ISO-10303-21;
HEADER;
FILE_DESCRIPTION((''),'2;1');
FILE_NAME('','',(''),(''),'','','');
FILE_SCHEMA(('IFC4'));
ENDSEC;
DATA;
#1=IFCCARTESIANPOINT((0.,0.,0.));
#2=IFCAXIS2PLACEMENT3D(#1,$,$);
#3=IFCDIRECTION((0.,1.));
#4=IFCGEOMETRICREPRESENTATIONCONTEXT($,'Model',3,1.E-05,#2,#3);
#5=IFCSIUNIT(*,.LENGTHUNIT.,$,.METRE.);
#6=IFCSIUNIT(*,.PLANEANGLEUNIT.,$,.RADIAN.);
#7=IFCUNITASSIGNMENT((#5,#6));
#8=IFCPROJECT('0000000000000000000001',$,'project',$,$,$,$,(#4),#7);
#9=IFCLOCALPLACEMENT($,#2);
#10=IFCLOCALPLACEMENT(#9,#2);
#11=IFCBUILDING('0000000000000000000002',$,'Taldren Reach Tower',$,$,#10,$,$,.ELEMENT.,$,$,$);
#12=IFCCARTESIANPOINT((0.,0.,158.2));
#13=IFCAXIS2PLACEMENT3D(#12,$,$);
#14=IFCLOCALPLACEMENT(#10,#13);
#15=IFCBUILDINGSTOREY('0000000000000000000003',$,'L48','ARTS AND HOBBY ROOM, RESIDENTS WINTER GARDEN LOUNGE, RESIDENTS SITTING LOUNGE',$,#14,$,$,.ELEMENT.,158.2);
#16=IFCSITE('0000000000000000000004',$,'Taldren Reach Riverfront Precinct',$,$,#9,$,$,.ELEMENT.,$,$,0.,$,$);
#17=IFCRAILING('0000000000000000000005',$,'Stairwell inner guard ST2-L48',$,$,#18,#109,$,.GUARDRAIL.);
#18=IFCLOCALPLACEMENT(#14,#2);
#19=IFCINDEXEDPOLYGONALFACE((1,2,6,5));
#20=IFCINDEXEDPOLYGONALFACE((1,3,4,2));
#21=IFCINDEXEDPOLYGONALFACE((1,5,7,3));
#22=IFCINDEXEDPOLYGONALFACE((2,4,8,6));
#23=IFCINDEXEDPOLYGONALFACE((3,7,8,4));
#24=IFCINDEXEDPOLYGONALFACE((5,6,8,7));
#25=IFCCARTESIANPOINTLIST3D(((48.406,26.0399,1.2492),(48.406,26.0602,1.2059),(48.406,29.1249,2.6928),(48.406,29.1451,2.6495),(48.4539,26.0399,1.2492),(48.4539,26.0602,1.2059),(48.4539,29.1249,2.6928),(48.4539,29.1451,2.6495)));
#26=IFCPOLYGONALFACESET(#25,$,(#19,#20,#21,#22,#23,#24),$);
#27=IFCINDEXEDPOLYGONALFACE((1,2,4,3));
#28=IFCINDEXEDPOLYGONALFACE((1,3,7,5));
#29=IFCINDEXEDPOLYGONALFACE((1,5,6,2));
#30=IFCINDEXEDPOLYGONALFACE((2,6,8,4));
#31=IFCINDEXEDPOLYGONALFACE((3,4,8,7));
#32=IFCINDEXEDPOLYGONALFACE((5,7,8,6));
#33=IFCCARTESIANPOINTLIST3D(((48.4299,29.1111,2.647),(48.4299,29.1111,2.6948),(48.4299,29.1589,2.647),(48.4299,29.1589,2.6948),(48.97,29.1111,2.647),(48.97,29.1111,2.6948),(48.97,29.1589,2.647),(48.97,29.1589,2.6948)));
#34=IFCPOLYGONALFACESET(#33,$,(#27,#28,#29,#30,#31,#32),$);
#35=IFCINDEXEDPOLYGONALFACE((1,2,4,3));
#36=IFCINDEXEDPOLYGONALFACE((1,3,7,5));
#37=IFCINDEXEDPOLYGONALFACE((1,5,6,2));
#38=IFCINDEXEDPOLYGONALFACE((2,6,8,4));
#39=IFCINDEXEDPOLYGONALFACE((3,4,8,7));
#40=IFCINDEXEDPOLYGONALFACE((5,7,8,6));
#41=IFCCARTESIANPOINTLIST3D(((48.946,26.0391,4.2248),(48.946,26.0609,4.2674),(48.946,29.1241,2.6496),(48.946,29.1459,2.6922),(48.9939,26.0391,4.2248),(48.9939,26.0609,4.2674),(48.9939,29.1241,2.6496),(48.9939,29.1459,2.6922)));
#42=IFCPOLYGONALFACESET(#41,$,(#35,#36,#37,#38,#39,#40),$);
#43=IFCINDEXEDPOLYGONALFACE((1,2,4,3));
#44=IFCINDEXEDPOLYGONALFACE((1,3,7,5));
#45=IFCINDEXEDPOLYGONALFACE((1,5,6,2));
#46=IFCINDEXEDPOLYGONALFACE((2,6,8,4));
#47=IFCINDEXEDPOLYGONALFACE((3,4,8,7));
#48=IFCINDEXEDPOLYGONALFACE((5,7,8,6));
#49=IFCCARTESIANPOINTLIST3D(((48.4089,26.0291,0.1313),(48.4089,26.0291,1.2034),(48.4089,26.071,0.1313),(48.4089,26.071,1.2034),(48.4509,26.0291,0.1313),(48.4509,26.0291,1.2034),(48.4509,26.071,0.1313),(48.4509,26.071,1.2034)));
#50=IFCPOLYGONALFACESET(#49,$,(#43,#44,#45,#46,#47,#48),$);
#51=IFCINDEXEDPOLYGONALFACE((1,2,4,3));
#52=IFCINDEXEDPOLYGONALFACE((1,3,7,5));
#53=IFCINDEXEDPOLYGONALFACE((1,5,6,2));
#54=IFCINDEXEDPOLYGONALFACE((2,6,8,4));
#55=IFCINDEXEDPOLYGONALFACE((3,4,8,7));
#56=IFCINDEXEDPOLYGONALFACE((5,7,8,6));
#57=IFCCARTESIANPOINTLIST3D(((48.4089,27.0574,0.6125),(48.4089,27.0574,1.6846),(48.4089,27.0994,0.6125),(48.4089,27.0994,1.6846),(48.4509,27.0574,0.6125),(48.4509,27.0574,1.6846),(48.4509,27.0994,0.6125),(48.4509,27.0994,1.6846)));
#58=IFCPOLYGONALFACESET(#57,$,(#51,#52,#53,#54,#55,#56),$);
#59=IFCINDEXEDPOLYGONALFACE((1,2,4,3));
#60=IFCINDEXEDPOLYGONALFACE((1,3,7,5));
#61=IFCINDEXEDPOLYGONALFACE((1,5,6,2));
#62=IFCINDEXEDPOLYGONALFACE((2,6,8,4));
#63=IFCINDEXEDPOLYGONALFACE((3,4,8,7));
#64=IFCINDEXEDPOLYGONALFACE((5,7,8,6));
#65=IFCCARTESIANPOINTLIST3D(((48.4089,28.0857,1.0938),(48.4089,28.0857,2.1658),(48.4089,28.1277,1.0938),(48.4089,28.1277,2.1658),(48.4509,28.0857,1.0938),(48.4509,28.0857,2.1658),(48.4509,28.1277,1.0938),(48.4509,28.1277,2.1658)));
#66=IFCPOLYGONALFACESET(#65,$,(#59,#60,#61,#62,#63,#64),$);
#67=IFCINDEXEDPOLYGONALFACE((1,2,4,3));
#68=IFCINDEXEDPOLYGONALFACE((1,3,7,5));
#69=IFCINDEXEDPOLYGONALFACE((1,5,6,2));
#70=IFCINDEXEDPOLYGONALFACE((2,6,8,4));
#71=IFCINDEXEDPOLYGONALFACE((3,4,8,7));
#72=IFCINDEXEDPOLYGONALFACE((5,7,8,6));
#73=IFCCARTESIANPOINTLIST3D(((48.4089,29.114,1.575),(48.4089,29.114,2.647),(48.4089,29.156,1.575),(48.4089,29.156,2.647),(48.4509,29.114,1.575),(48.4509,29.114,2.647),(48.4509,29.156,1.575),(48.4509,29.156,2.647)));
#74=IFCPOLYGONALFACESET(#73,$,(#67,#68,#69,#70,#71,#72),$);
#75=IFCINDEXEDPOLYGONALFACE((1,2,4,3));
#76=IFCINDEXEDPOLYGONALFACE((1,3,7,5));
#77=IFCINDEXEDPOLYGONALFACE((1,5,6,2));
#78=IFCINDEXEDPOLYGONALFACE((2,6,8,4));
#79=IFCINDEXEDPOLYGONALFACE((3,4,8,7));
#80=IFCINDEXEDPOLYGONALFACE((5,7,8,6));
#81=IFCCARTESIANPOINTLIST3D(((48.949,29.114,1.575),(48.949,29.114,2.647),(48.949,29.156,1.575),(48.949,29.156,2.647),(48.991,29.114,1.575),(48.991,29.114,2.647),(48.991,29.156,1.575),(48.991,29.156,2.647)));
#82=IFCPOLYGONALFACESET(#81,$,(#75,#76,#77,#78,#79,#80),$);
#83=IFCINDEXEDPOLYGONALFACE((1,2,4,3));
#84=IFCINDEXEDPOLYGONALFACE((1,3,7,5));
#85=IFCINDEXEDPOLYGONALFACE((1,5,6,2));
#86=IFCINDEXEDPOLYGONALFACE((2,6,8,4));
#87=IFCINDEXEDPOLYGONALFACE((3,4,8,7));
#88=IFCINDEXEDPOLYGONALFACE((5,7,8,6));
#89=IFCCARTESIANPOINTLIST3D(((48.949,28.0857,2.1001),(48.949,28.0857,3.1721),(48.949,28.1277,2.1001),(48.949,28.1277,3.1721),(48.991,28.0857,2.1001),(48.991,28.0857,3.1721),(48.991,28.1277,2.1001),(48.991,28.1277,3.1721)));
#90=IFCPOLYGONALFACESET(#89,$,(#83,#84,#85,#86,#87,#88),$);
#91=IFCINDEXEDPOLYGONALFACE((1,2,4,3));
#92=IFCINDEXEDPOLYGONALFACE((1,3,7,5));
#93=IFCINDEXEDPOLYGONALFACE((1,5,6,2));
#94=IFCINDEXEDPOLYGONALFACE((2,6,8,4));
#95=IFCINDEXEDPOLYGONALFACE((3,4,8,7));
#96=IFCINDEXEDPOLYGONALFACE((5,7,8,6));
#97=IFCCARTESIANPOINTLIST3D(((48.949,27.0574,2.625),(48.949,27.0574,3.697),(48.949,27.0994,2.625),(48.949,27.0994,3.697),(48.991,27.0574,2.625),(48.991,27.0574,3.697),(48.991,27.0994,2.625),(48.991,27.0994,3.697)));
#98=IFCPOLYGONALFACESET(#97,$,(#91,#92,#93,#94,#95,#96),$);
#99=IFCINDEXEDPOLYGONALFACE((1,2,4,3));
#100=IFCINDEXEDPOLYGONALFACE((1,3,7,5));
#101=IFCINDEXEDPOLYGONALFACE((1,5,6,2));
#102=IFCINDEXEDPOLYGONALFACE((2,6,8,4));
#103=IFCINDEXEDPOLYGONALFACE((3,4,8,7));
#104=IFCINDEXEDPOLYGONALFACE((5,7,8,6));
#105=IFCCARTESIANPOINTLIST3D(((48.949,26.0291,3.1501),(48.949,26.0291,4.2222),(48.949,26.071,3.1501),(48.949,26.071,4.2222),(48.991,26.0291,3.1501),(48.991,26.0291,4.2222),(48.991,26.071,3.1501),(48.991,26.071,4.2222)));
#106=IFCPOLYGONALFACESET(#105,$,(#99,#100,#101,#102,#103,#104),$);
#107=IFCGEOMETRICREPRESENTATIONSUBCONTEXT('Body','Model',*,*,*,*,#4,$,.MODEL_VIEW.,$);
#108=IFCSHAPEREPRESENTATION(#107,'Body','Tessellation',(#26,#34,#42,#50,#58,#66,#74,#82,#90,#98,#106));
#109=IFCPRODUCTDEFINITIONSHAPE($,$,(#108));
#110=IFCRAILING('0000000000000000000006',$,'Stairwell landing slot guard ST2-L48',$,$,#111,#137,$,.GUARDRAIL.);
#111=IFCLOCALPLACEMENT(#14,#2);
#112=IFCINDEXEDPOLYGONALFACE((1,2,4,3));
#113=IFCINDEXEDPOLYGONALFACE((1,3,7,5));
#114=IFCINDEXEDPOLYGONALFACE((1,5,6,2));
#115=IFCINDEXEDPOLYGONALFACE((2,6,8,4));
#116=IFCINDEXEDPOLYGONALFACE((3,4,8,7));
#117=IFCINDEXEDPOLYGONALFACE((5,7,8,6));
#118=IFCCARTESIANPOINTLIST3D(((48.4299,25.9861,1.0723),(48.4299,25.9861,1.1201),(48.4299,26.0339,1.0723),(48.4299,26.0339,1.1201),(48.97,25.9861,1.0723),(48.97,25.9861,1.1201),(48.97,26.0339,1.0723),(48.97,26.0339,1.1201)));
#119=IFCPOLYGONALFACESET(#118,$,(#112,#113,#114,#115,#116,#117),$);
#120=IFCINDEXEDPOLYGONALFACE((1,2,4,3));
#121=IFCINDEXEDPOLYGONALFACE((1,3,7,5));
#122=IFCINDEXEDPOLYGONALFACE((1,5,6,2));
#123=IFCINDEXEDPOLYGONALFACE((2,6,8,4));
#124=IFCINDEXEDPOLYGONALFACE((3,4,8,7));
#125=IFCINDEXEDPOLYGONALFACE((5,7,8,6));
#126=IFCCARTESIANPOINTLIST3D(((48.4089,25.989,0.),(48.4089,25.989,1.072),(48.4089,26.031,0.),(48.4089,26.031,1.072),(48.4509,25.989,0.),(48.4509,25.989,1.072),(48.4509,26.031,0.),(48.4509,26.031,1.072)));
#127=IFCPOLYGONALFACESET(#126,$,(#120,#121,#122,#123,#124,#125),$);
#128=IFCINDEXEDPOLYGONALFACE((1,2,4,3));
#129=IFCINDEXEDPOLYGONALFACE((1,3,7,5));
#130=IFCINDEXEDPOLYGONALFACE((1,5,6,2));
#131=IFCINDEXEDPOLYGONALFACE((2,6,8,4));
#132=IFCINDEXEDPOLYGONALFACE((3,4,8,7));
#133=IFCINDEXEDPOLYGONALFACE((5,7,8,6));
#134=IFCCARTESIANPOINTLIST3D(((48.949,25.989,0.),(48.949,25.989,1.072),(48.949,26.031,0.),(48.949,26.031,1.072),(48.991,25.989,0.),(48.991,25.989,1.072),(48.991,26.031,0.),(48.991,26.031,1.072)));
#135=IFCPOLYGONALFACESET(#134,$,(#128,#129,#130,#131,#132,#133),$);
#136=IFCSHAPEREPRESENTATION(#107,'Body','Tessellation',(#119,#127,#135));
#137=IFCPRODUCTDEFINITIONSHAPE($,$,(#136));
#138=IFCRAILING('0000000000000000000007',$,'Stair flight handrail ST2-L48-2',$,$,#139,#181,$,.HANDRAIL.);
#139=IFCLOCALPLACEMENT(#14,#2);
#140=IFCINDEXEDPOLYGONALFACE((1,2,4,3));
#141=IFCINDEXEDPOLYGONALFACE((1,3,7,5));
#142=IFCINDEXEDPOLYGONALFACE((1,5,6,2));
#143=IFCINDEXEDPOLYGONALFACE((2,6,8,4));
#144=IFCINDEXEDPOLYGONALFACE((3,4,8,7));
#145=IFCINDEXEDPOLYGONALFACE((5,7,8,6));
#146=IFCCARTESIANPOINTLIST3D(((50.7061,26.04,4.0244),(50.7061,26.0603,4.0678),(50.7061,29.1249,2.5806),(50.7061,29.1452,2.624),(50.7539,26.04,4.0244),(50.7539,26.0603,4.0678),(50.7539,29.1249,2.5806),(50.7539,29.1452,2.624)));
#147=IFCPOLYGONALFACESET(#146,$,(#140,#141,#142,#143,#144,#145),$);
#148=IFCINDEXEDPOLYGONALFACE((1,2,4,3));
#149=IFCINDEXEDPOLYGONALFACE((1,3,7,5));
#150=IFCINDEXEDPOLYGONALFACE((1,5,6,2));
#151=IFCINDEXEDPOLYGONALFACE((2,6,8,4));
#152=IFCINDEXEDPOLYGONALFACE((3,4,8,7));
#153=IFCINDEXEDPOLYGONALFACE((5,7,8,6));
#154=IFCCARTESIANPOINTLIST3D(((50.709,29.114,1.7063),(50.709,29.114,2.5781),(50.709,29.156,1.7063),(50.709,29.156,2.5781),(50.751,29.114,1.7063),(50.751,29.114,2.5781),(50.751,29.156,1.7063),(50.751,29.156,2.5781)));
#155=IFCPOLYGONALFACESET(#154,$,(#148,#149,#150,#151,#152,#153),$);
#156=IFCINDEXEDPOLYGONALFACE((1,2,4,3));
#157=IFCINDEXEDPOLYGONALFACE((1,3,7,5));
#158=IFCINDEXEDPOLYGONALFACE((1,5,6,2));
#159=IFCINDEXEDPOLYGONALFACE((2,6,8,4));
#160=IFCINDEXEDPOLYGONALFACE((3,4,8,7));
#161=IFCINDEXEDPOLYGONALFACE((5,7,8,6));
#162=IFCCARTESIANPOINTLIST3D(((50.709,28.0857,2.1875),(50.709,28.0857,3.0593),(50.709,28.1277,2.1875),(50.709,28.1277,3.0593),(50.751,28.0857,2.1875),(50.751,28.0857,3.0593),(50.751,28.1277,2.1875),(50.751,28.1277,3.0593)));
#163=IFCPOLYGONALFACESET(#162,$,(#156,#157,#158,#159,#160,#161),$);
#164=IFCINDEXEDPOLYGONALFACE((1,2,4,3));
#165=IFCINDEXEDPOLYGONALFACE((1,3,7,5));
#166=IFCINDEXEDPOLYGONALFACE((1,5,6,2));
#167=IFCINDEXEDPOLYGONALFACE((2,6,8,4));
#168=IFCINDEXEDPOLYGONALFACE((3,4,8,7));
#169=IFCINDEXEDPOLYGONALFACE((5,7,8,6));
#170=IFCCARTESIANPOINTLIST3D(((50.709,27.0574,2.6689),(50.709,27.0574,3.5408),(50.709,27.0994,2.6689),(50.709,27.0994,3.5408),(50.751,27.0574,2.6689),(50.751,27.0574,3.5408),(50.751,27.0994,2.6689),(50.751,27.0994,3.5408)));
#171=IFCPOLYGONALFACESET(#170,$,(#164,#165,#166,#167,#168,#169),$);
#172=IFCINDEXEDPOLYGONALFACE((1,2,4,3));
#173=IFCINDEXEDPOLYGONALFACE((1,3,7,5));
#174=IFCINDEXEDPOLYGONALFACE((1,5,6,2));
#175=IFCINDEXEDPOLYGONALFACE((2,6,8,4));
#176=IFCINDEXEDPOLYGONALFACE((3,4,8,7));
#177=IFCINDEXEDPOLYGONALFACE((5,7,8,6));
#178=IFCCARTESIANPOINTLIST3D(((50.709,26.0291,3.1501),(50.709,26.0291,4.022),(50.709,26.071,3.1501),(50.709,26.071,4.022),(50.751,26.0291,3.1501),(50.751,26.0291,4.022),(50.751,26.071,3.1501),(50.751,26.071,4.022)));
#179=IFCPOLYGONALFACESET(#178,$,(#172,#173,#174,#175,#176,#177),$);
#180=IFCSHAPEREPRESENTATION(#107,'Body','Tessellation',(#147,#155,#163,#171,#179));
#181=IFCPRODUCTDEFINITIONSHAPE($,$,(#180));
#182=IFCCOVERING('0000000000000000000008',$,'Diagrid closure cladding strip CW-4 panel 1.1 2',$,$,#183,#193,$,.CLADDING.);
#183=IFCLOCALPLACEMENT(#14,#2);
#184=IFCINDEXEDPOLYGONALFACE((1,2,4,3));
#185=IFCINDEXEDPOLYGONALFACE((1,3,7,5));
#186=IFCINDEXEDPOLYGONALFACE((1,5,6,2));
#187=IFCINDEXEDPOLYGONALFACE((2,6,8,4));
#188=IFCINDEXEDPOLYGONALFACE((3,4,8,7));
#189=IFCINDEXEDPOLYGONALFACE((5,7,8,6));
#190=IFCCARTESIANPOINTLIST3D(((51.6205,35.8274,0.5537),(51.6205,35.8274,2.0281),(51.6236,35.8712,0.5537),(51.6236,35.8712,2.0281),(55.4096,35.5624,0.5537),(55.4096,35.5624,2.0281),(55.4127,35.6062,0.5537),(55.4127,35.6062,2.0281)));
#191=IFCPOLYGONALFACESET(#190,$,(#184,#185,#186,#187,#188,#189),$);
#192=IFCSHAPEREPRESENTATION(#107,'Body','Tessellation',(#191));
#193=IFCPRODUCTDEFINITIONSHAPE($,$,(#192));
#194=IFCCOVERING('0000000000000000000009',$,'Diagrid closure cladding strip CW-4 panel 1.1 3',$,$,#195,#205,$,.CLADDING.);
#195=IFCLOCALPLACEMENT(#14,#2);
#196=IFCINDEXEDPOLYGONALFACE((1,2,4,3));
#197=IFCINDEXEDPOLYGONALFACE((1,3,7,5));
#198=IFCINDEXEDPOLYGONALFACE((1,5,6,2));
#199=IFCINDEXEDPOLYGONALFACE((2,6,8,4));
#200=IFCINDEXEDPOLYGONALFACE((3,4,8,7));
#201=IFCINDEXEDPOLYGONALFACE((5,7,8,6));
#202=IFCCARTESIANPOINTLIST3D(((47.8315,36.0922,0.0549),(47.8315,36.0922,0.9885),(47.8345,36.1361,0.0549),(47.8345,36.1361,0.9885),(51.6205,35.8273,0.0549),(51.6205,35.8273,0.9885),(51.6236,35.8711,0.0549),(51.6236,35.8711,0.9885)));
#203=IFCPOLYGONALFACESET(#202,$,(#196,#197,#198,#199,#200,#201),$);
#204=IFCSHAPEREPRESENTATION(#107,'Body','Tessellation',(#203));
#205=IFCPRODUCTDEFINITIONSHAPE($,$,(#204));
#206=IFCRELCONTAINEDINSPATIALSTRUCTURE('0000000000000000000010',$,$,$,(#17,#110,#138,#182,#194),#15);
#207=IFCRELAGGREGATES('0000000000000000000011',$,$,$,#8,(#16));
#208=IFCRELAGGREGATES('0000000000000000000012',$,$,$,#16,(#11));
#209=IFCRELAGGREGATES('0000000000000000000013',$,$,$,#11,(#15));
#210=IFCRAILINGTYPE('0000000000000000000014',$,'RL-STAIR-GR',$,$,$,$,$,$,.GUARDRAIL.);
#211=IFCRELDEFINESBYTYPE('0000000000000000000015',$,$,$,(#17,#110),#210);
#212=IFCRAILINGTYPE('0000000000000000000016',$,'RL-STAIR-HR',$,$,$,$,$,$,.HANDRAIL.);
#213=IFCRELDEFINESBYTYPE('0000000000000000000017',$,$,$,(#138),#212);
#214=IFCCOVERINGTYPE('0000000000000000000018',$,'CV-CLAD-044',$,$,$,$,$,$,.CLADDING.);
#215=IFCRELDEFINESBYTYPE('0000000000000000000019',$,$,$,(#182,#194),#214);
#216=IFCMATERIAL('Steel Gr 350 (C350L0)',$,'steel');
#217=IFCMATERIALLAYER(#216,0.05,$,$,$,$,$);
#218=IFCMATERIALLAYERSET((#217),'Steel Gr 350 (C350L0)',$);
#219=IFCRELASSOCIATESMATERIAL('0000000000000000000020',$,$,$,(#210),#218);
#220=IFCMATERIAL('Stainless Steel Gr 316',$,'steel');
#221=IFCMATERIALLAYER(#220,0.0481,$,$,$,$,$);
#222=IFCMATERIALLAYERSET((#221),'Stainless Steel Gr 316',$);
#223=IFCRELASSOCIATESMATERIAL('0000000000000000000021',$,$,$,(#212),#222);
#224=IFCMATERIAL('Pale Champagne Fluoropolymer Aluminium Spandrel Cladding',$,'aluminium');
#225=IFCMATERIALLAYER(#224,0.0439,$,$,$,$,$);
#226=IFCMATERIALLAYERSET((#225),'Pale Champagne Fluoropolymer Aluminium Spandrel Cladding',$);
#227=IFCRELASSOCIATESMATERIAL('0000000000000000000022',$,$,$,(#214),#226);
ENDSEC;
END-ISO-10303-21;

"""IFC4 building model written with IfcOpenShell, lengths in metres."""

from ifc_helpers import new_model, si_unit, direction, frame, origin, origin_2d, place, context, subcontext, project, spatial, rectangle, extrude, source, transform, mapped, material, layer, layer_set, type_object, element, save


model = new_model("IFC4")

# Units and contexts
model_context = context("Model", 3, precision=1e-05, world=origin(), true_north=direction((0.0, 1.0)))
body_context = subcontext(model_context, "Body", "Model", "MODEL_VIEW")
ifc_project = project(units=[si_unit("LENGTHUNIT", "METRE"), si_unit("PLANEANGLEUNIT", "RADIAN")], contexts=[model_context])

# Site, building, storey
site_placement = place(None, origin())
site = spatial("IfcSite", under=ifc_project, at=site_placement, Name="Taldren Reach Riverfront Precinct", CompositionType="ELEMENT", RefElevation=0.0)
building_placement = place(site_placement, origin())
building = spatial("IfcBuilding", under=site, at=building_placement, Name="Taldren Reach Tower", CompositionType="ELEMENT")
storey_placement = place(building_placement, frame((0.0, 0.0, 158.2)))
storey = spatial("IfcBuildingStorey", under=building, at=storey_placement, Name="L48", Description="ARTS AND HOBBY ROOM, RESIDENTS WINTER GARDEN LOUNGE, RESIDENTS SITTING LOUNGE", CompositionType="ELEMENT", Elevation=158.2)

# Shared definitions
ifc_material_1 = material(Name="Steel Gr 350 (C350L0)", Category="steel")

# Railings
ifc_layer_1 = layer(ifc_material_1, 0.05)
ifc_layer_set_1 = layer_set([ifc_layer_1], Name="Steel Gr 350 (C350L0)")
railing_type_1 = type_object("IfcRailingType", Name="RL-STAIR-GR", PredefinedType="GUARDRAIL", material=ifc_layer_set_1)
railing_1_placement = place(storey_placement, frame((48.4299, 26.05, 0.1313)))
element("IfcRailing", 1, at=railing_1_placement, inside=storey, type_object=railing_type_1, Name="Stairwell inner guard ST2-L48", PredefinedType="GUARDRAIL", context=body_context, shape_type="SweptSolid", body=[
    extrude(rectangle(XDim=0.0479, YDim=0.0479, at=origin_2d()), frame((0.0, 0.0, 1.0962), z_axis=(0.0, 0.905738, 0.423839), x_axis=(-1.0, 0.0, 0.0)), (0.0, 0.0, 1.0), 3.406),
    extrude(rectangle(XDim=0.0479, YDim=0.0479, at=origin_2d()), frame((0.0, 3.085, 2.5396), z_axis=(1.0, 0.0, 0.0), x_axis=(0.0, 1.0, 0.0)), (0.0, 0.0, 1.0), 0.54),
    extrude(rectangle(XDim=0.0479, YDim=0.0479, at=origin_2d()), frame((0.54, 3.085, 2.5396), z_axis=(0.0, -0.890617, 0.454753), x_axis=(1.0, 0.0, 0.0)), (0.0, 0.0, 1.0), 3.4639),
    extrude(rectangle(XDim=0.042, YDim=0.042, at=origin_2d()), origin(), (0.0, 0.0, 1.0), 1.072),
    extrude(rectangle(XDim=0.042, YDim=0.042, at=origin_2d()), frame((0.0, 1.0283, 0.4812)), (0.0, 0.0, 1.0), 1.072),
    extrude(rectangle(XDim=0.042, YDim=0.042, at=origin_2d()), frame((0.0, 2.0566, 0.9624)), (0.0, 0.0, 1.0), 1.072),
    extrude(rectangle(XDim=0.042, YDim=0.042, at=origin_2d()), frame((0.0, 3.085, 1.4436)), (0.0, 0.0, 1.0), 1.072),
    extrude(rectangle(XDim=0.042, YDim=0.042, at=origin_2d()), frame((0.54, 3.085, 1.4436)), (0.0, 0.0, 1.0), 1.072),
    extrude(rectangle(XDim=0.042, YDim=0.042, at=origin_2d()), frame((0.54, 2.0566, 1.9688)), (0.0, 0.0, 1.0), 1.072),
    extrude(rectangle(XDim=0.042, YDim=0.042, at=origin_2d()), frame((0.54, 1.0283, 2.4937)), (0.0, 0.0, 1.0), 1.072),
    extrude(rectangle(XDim=0.042, YDim=0.042, at=origin_2d()), frame((0.54, 0.0, 3.0188)), (0.0, 0.0, 1.0), 1.072),
])
railing_2_placement = place(storey_placement, frame((48.4299, 26.01, 0.0)))
element("IfcRailing", 2, at=railing_2_placement, inside=storey, type_object=railing_type_1, Name="Stairwell landing slot guard ST2-L48", PredefinedType="GUARDRAIL", context=body_context, shape_type="SweptSolid", body=[
    extrude(rectangle(XDim=0.0479, YDim=0.0479, at=origin_2d()), frame((0.0, 0.0, 1.0962), z_axis=(1.0, 0.0, 0.0), x_axis=(0.0, 1.0, 0.0)), (0.0, 0.0, 1.0), 0.54),
    extrude(rectangle(XDim=0.042, YDim=0.042, at=origin_2d()), origin(), (0.0, 0.0, 1.0), 1.072),
    extrude(rectangle(XDim=0.042, YDim=0.042, at=origin_2d()), frame((0.54, 0.0, 0.0)), (0.0, 0.0, 1.0), 1.072),
])
ifc_material_2 = material(Name="Stainless Steel Gr 316", Category="steel")
ifc_layer_2 = layer(ifc_material_2, 0.0481)
ifc_layer_set_2 = layer_set([ifc_layer_2], Name="Stainless Steel Gr 316")
railing_type_2 = type_object("IfcRailingType", Name="RL-STAIR-HR", PredefinedType="HANDRAIL", material=ifc_layer_set_2)
railing_3_placement = place(storey_placement, frame((50.73, 29.135, 1.7063)))
element("IfcRailing", 3, at=railing_3_placement, inside=storey, type_object=railing_type_2, Name="Stair flight handrail ST2-L48-2", PredefinedType="HANDRAIL", context=body_context, shape_type="SweptSolid", body=[
    extrude(rectangle(XDim=0.0479, YDim=0.0479, at=origin_2d()), frame((0.0, 0.0, 0.896), z_axis=(0.0, -0.90571, 0.423898), x_axis=(1.0, 0.0, 0.0)), (0.0, 0.0, 1.0), 3.406),
    extrude(rectangle(XDim=0.042, YDim=0.042, at=origin_2d()), origin(), (0.0, 0.0, 1.0), 0.8718),
    extrude(rectangle(XDim=0.042, YDim=0.042, at=origin_2d()), frame((0.0, -1.0283, 0.4812)), (0.0, 0.0, 1.0), 0.8718),
    extrude(rectangle(XDim=0.042, YDim=0.042, at=origin_2d()), frame((0.0, -2.0566, 0.9626)), (0.0, 0.0, 1.0), 0.8718),
    extrude(rectangle(XDim=0.042, YDim=0.042, at=origin_2d()), frame((0.0, -3.085, 1.4438)), (0.0, 0.0, 1.0), 0.8718),
])

# Coverings
ifc_material_3 = material(Name="Pale Champagne Fluoropolymer Aluminium Spandrel Cladding", Category="aluminium")
ifc_layer_3 = layer(ifc_material_3, 0.0439)
ifc_layer_set_3 = layer_set([ifc_layer_3], Name="Pale Champagne Fluoropolymer Aluminium Spandrel Cladding")
covering_type = type_object("IfcCoveringType", Name="CV-CLAD-044", PredefinedType="CLADDING", material=ifc_layer_set_3)
shared_shape_1 = source(origin(), body_context, "Body", "SweptSolid", [
    extrude(rectangle(XDim=3.7983, YDim=0.0439, at=origin_2d()), origin(), (0.0, 0.0, 1.0), 1.4744),
])
covering_1_placement = place(storey_placement, frame((53.5166, 35.7168, 0.5537), z_axis=(0.0, 0.0, 1.0), x_axis=(-0.997564, 0.069757, 0.0)))
element("IfcCovering", 4, at=covering_1_placement, inside=storey, type_object=covering_type, Name="Diagrid closure cladding strip CW-4 panel 1.1 2", PredefinedType="CLADDING", context=body_context, shape_type="MappedRepresentation", body=[
    mapped(shared_shape_1, transform((0.0, 0.0, 0.0), scale=1.0)),
])
shared_shape_2 = source(origin(), body_context, "Body", "SweptSolid", [
    extrude(rectangle(XDim=3.7983, YDim=0.0439, at=origin_2d()), origin(), (0.0, 0.0, 1.0), 0.9336),
])
covering_2_placement = place(storey_placement, frame((49.7275, 35.9817, 0.0549), z_axis=(0.0, 0.0, 1.0), x_axis=(-0.997564, 0.069757, 0.0)))
element("IfcCovering", 5, at=covering_2_placement, inside=storey, type_object=covering_type, Name="Diagrid closure cladding strip CW-4 panel 1.1 3", PredefinedType="CLADDING", context=body_context, shape_type="MappedRepresentation", body=[
    mapped(shared_shape_2, transform((0.0, 0.0, 0.0), scale=1.0)),
])

save(model, "model.ifc")
